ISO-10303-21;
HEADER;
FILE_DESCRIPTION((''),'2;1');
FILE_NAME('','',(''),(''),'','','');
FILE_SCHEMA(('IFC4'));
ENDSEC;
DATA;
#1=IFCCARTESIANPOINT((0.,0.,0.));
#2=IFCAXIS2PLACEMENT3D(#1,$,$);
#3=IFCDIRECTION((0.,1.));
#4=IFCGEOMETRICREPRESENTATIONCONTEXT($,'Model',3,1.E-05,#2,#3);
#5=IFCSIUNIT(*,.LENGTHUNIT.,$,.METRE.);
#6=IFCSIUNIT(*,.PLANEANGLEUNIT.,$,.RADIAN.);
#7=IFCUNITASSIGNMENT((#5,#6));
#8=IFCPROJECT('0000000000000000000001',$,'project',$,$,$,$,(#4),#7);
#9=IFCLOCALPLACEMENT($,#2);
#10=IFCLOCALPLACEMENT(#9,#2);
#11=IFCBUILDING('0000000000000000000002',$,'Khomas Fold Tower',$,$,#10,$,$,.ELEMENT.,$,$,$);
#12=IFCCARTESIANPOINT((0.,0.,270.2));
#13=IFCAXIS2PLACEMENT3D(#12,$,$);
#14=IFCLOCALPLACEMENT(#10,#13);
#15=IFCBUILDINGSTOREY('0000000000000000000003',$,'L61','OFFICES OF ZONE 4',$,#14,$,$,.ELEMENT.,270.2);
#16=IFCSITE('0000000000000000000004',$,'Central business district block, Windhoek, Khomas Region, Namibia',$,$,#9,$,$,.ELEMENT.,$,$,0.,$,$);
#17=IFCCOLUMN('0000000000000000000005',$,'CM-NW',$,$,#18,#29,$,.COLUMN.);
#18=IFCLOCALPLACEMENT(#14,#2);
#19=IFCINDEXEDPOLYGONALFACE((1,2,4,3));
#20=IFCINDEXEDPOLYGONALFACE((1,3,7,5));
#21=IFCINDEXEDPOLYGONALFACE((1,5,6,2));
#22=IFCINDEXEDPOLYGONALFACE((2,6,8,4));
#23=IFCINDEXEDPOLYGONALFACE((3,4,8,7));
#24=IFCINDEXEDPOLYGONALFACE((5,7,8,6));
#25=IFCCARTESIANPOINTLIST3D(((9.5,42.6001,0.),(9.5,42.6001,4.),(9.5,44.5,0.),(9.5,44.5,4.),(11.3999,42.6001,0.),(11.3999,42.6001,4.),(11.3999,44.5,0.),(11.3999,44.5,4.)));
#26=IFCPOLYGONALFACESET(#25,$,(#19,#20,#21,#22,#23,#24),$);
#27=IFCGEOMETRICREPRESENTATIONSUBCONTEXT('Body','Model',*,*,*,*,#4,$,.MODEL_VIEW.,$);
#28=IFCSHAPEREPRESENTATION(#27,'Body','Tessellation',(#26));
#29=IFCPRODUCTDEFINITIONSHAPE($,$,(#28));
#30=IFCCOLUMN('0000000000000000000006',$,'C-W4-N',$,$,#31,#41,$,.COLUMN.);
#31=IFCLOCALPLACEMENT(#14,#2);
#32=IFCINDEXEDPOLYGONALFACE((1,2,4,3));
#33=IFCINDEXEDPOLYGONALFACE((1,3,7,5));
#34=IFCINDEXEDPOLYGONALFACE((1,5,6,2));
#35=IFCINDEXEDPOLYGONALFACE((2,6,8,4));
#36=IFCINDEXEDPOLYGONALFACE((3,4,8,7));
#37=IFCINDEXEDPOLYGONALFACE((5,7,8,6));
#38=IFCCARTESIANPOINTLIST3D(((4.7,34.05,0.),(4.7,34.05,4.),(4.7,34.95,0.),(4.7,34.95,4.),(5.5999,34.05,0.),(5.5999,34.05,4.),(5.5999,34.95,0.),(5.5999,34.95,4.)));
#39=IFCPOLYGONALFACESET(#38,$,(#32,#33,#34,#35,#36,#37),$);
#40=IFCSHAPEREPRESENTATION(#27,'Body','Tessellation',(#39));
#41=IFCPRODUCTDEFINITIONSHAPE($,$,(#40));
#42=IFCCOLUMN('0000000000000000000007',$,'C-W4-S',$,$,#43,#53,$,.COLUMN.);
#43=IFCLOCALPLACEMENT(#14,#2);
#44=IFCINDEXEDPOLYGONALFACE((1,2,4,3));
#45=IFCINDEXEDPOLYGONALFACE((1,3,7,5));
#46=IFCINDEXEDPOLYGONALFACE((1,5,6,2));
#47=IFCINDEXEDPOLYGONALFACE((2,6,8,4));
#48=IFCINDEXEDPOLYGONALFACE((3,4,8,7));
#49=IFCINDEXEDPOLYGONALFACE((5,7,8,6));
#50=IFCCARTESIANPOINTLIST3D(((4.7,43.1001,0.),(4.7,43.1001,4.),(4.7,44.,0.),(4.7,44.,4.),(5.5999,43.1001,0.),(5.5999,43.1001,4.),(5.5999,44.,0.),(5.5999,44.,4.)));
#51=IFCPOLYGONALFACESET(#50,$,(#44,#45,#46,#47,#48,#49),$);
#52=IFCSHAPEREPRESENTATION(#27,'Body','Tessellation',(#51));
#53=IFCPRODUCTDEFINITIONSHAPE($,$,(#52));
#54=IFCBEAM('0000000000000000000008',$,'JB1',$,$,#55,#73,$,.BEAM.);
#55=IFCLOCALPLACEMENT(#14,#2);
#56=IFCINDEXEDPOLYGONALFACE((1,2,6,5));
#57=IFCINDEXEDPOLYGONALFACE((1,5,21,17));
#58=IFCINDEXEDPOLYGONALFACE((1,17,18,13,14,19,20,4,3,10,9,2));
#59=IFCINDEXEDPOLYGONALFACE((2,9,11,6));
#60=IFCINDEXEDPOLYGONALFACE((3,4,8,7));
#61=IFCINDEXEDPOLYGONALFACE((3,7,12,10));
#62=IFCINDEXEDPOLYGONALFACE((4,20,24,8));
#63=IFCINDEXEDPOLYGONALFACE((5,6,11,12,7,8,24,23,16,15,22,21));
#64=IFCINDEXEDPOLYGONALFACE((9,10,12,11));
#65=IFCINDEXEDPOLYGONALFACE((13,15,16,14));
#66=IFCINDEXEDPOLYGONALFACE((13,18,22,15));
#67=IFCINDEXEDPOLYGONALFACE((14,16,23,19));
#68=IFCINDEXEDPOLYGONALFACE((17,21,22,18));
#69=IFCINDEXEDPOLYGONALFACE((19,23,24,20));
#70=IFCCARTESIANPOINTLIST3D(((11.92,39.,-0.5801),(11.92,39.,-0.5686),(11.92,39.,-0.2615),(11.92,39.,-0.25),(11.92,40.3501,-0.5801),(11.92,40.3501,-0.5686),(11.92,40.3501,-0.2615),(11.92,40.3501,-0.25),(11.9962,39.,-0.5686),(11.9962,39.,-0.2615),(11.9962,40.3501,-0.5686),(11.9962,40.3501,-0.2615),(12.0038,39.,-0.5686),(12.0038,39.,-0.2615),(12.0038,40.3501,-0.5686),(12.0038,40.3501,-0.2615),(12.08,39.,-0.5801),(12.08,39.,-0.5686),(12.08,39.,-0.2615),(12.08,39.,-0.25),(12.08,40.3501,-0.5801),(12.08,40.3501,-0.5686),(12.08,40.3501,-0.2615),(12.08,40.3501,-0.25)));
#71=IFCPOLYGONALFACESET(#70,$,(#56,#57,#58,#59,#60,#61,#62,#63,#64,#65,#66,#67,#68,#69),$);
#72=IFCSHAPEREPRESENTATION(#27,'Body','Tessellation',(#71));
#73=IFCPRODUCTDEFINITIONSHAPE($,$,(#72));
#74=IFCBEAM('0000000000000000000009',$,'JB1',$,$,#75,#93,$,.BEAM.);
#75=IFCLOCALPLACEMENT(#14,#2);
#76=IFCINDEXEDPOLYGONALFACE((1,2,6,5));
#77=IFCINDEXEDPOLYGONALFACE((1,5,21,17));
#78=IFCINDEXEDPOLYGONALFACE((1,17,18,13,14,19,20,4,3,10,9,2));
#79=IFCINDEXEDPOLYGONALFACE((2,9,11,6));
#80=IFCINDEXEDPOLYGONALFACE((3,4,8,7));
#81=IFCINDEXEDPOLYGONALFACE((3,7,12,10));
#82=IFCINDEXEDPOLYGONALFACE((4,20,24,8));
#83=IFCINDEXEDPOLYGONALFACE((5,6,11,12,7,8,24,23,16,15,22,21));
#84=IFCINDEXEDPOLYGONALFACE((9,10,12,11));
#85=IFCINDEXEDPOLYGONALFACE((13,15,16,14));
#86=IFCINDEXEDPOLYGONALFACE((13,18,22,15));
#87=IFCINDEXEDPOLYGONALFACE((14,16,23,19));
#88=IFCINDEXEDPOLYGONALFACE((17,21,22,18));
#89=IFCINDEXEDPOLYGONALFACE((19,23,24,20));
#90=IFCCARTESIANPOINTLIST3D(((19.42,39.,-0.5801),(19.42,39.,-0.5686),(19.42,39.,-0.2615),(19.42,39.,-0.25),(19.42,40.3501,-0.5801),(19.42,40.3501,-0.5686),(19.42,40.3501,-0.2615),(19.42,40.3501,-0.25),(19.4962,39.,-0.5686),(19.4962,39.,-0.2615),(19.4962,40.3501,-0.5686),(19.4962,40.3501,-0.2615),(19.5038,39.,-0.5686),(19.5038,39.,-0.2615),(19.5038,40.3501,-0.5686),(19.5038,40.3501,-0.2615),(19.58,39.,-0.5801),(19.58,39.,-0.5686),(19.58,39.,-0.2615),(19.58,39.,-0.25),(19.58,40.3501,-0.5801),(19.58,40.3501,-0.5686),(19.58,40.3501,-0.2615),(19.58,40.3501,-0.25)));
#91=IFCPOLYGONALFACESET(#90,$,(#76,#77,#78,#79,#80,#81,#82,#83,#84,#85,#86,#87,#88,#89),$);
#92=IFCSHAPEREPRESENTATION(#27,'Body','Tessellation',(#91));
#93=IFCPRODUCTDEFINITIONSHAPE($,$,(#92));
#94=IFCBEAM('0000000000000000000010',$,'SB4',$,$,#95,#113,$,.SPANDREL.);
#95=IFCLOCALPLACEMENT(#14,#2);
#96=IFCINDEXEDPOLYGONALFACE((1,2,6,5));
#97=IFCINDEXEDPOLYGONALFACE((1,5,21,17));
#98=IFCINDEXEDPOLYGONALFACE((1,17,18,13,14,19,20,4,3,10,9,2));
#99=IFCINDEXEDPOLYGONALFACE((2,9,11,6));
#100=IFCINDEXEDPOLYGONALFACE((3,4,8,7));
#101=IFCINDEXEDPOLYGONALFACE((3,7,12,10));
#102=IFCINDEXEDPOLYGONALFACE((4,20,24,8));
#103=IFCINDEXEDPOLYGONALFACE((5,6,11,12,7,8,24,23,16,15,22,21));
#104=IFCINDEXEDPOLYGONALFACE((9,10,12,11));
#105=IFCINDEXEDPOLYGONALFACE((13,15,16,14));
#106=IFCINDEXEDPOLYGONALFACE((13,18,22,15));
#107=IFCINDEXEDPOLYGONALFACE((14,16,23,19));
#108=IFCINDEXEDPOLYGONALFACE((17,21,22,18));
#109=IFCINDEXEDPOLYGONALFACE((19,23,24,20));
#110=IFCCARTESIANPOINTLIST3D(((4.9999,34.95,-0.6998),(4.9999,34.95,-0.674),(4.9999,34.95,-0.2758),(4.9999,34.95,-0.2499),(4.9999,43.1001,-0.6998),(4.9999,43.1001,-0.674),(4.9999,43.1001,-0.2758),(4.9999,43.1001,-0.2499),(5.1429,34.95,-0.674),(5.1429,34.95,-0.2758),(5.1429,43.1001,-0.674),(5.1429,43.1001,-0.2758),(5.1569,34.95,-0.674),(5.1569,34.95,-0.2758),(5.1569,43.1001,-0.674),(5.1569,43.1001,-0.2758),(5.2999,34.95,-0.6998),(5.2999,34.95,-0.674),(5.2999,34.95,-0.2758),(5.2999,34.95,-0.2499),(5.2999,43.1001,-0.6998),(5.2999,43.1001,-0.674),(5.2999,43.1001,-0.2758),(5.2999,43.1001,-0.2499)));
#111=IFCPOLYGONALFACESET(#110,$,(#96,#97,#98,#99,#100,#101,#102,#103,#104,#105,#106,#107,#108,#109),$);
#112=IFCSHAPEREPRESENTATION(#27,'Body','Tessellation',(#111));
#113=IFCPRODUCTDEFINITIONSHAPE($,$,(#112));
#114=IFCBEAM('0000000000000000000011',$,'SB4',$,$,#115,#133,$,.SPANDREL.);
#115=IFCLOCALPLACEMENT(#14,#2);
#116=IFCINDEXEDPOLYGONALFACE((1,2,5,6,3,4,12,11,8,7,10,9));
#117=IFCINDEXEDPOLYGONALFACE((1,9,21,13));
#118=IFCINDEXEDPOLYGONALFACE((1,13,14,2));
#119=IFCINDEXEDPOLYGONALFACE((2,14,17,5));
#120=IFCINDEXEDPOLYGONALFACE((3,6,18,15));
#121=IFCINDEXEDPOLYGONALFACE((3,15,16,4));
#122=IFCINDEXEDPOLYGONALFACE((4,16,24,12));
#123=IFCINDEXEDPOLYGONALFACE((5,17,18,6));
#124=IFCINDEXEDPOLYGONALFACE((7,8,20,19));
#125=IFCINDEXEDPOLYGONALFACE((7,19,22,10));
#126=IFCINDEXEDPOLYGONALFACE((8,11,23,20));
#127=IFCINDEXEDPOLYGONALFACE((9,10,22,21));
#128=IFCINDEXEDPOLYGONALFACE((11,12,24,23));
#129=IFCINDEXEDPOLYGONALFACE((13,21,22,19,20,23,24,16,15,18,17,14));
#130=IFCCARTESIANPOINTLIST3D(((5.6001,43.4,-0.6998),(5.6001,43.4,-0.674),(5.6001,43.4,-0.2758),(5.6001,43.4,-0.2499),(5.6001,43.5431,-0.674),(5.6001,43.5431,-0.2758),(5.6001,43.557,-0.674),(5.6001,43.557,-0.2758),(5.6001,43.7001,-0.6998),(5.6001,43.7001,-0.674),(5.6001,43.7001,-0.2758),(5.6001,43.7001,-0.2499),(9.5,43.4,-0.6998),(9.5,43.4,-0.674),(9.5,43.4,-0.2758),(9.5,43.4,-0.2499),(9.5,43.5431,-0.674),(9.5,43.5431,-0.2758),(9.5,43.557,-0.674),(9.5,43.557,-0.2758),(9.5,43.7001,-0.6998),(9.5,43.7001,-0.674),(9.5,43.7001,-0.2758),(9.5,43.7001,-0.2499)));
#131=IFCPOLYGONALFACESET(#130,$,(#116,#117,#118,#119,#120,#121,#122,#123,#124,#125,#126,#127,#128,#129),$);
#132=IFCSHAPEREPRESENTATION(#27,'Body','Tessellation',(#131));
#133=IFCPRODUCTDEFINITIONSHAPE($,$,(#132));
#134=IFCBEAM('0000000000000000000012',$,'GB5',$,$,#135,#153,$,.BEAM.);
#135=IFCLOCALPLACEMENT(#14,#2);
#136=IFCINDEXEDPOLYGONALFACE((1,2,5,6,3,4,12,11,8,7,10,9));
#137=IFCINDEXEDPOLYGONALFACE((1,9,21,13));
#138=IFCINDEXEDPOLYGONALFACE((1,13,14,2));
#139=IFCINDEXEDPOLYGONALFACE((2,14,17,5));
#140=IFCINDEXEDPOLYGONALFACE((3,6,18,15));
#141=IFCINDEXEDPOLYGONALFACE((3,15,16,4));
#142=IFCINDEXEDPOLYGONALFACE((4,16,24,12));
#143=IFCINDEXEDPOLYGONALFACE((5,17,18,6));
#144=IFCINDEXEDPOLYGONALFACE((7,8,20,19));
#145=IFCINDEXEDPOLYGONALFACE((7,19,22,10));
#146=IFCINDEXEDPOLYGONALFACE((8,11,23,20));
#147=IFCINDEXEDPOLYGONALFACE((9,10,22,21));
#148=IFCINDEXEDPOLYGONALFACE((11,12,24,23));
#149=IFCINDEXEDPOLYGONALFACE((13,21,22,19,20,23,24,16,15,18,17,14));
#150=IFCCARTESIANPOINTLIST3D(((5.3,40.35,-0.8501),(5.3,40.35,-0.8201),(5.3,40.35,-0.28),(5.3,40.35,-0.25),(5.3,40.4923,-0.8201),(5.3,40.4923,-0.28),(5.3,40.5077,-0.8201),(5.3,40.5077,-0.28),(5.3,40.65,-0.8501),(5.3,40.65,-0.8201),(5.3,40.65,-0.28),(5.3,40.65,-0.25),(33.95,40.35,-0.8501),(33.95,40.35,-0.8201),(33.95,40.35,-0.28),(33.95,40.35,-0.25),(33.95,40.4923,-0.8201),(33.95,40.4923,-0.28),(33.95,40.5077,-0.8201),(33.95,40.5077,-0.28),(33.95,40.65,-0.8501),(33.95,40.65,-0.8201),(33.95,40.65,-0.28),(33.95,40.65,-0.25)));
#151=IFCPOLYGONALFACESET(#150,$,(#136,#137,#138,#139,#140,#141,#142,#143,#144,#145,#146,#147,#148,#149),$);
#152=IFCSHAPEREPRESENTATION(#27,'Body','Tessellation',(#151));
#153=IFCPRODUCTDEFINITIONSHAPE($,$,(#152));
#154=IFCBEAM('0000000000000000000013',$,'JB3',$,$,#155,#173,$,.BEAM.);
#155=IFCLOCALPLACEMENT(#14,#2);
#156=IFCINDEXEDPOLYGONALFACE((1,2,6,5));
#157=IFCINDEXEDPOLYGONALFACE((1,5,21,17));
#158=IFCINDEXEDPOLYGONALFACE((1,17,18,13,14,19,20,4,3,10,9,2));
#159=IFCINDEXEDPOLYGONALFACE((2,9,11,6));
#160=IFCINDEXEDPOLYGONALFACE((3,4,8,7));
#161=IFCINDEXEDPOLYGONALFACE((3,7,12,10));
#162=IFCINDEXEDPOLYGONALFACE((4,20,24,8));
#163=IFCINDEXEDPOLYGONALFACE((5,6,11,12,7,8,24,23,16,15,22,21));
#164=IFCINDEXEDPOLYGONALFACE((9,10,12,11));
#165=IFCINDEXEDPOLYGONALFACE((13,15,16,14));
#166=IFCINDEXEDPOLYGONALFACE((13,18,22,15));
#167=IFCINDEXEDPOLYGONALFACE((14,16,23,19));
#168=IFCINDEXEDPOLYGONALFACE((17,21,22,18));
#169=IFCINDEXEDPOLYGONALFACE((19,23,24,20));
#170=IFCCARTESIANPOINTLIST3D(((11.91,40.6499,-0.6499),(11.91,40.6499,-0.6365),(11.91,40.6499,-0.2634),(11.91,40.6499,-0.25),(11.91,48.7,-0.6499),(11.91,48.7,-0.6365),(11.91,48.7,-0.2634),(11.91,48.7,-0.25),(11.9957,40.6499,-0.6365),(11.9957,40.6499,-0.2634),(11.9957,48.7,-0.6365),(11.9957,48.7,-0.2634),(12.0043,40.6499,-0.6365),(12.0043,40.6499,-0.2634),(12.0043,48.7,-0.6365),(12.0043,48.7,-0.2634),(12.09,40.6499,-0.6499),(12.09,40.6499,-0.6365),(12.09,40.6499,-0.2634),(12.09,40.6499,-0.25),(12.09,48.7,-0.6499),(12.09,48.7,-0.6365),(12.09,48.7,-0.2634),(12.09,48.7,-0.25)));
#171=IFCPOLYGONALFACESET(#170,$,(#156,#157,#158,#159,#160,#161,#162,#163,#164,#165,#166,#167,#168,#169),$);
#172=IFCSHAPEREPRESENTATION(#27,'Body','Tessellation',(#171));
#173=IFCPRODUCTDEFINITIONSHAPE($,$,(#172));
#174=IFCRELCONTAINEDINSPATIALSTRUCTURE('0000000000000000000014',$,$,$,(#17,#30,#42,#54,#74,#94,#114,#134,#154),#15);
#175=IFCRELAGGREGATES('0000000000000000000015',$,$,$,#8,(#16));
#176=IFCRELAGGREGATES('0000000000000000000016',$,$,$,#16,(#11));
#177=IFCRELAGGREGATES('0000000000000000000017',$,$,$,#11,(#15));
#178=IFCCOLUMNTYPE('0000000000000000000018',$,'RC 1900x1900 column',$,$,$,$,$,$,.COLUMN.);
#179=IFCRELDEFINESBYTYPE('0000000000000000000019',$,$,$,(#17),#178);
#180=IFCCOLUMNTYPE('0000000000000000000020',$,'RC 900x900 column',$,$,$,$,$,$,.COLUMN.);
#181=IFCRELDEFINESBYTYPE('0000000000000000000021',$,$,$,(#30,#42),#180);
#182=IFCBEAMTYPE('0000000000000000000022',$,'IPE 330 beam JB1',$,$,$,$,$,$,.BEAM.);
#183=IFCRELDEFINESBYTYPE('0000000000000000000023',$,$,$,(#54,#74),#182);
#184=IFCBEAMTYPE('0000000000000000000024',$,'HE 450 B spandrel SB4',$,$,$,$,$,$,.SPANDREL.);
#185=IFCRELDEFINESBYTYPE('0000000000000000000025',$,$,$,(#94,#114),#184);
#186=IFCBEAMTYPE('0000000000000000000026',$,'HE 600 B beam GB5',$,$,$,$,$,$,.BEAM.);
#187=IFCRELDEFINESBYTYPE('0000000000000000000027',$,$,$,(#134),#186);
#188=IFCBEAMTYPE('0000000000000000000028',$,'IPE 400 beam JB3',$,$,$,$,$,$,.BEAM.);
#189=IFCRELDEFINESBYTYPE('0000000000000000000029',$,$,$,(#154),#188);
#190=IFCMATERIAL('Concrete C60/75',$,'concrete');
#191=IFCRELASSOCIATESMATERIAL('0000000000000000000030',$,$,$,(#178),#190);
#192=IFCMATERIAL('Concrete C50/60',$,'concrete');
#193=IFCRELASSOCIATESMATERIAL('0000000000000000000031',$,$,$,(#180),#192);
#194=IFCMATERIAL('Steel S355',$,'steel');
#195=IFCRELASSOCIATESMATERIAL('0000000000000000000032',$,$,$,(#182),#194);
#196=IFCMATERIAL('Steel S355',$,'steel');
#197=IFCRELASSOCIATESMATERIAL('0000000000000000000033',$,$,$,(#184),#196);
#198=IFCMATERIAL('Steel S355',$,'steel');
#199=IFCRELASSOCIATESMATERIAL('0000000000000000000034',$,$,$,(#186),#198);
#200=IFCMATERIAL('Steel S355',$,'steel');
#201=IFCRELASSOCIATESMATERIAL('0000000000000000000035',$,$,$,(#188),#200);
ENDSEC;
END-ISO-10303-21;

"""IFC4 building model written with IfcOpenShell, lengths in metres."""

from ifc_helpers import new_model, si_unit, direction, frame, origin, origin_2d, place, context, subcontext, project, spatial, rectangle, i_section, extrude, source, transform, mapped, material, material_profile, profile_set, type_object, element, save


model = new_model("IFC4")

# Units and contexts
model_context = context("Model", 3, precision=1e-05, world=origin(), true_north=direction((0.0, 1.0)))
body_context = subcontext(model_context, "Body", "Model", "MODEL_VIEW")
ifc_project = project(units=[si_unit("LENGTHUNIT", "METRE"), si_unit("PLANEANGLEUNIT", "RADIAN")], contexts=[model_context])

# Site, building, storey
site_placement = place(None, origin())
site = spatial("IfcSite", under=ifc_project, at=site_placement, Name="Central business district block, Windhoek, Khomas Region, Namibia", CompositionType="ELEMENT", RefElevation=0.0)
building_placement = place(site_placement, origin())
building = spatial("IfcBuilding", under=site, at=building_placement, Name="Khomas Fold Tower", CompositionType="ELEMENT")
storey_placement = place(building_placement, frame((0.0, 0.0, 270.2)))
storey = spatial("IfcBuildingStorey", under=building, at=storey_placement, Name="L61", Description="OFFICES OF ZONE 4", CompositionType="ELEMENT", Elevation=270.2)

# Columns
ifc_material_1 = material(Name="Concrete C60/75", Category="concrete")
ifc_material_profile_1 = material_profile(ifc_material_1, rectangle(XDim=1.8999, YDim=1.8999, at=origin_2d()), Name="RC 1900x1900")
ifc_profile_set_1 = profile_set([ifc_material_profile_1], Name="Concrete C60/75")
column_type_1 = type_object("IfcColumnType", Name="RC 1900x1900 column", PredefinedType="COLUMN", material=ifc_profile_set_1)
shared_shape_1 = source(origin(), body_context, "Body", "SweptSolid", [
    extrude(rectangle(XDim=1.8999, YDim=1.8999, at=origin_2d()), origin(), (0.0, 0.0, 1.0), 4.0),
])
column_placement = place(storey_placement, frame((10.45, 43.55, 0.0), z_axis=(0.0, 0.0, 1.0), x_axis=(1.0, 0.0, 0.0)))
element("IfcColumn", 1, at=column_placement, inside=storey, type_object=column_type_1, Name="CM-NW", PredefinedType="COLUMN", context=body_context, shape_type="MappedRepresentation", body=[
    mapped(shared_shape_1, transform((0.0, 0.0, 0.0))),
])
ifc_material_2 = material(Name="Concrete C50/60", Category="concrete")
ifc_material_profile_2 = material_profile(ifc_material_2, rectangle(XDim=0.8999, YDim=0.8999, at=origin_2d()), Name="RC 900x900")
ifc_profile_set_2 = profile_set([ifc_material_profile_2], Name="Concrete C50/60")
column_type_2 = type_object("IfcColumnType", Name="RC 900x900 column", PredefinedType="COLUMN", material=ifc_profile_set_2)
shared_shape_2 = source(origin(), body_context, "Body", "SweptSolid", [
    extrude(rectangle(XDim=0.8999, YDim=0.8999, at=origin_2d()), origin(), (0.0, 0.0, 1.0), 4.0),
])
for number, where, z_axis, x_axis, name in (
    (2, (5.1499, 34.5, 0.0), (0.0, 0.0, 1.0), (1.0, 0.0, 0.0), "C-W4-N"),
    (3, (5.1499, 43.55, 0.0), (0.0, 0.0, 1.0), (1.0, 0.0, 0.0), "C-W4-S"),
):
    element("IfcColumn", number, at=place(storey_placement, frame(where, z_axis=z_axis, x_axis=x_axis)), inside=storey, type_object=column_type_2, Name=name, PredefinedType="COLUMN", context=body_context, shape_type="MappedRepresentation", body=[
        mapped(shared_shape_2, transform((0.0, 0.0, 0.0))),
    ])

# Beams
ifc_material_3 = material(Name="Steel S355", Category="steel")
ifc_material_profile_3 = material_profile(ifc_material_3, i_section(OverallWidth=0.1599, OverallDepth=0.3301, WebThickness=0.0076, FlangeThickness=0.0115, at=origin_2d()), Name="IPE 330")
ifc_profile_set_3 = profile_set([ifc_material_profile_3], Name="Steel S355")
beam_type_1 = type_object("IfcBeamType", Name="IPE 330 beam JB1", PredefinedType="BEAM", material=ifc_profile_set_3)
shared_shape_3 = source(origin(), body_context, "Body", "SweptSolid", [
    extrude(i_section(OverallWidth=0.1599, OverallDepth=0.3301, WebThickness=0.0076, FlangeThickness=0.0115, at=origin_2d()), origin(), (0.0, 0.0, 1.0), 1.3501),
])
for number, where, z_axis, x_axis, name in (
    (4, (12.0, 39.0, -0.415), (0.0, 1.0, 0.0), (-1.0, 0.0, 0.0), "JB1"),
    (5, (19.5, 39.0, -0.415), (0.0, 1.0, 0.0), (-1.0, 0.0, 0.0), "JB1"),
):
    element("IfcBeam", number, at=place(storey_placement, frame(where, z_axis=z_axis, x_axis=x_axis)), inside=storey, type_object=beam_type_1, Name=name, PredefinedType="BEAM", context=body_context, shape_type="MappedRepresentation", body=[
        mapped(shared_shape_3, transform((0.0, 0.0, 0.0))),
    ])
ifc_material_4 = material(Name="Steel S355", Category="steel")
ifc_material_profile_4 = material_profile(ifc_material_4, i_section(OverallWidth=0.3, OverallDepth=0.45, WebThickness=0.0139, FlangeThickness=0.0259, at=origin_2d()), Name="HE 450 B")
ifc_profile_set_4 = profile_set([ifc_material_profile_4], Name="Steel S355")
beam_type_2 = type_object("IfcBeamType", Name="HE 450 B spandrel SB4", PredefinedType="SPANDREL", material=ifc_profile_set_4)
shared_shape_4 = source(origin(), body_context, "Body", "SweptSolid", [
    extrude(i_section(OverallWidth=0.3, OverallDepth=0.45, WebThickness=0.0139, FlangeThickness=0.0259, at=origin_2d()), origin(), (0.0, 0.0, 1.0), 8.1501),
])
beam_1_placement = place(storey_placement, frame((5.1499, 34.95, -0.4749), z_axis=(0.0, 1.0, 0.0), x_axis=(-1.0, 0.0, 0.0)))
element("IfcBeam", 6, at=beam_1_placement, inside=storey, type_object=beam_type_2, Name="SB4", PredefinedType="SPANDREL", context=body_context, shape_type="MappedRepresentation", body=[
    mapped(shared_shape_4, transform((0.0, 0.0, 0.0))),
])
shared_shape_5 = source(origin(), body_context, "Body", "SweptSolid", [
    extrude(i_section(OverallWidth=0.3, OverallDepth=0.45, WebThickness=0.0139, FlangeThickness=0.0259, at=origin_2d()), origin(), (0.0, 0.0, 1.0), 3.8999),
])
beam_2_placement = place(storey_placement, frame((5.6001, 43.55, -0.4749), z_axis=(1.0, 0.0, 0.0), x_axis=(0.0, 1.0, 0.0)))
element("IfcBeam", 7, at=beam_2_placement, inside=storey, type_object=beam_type_2, Name="SB4", PredefinedType="SPANDREL", context=body_context, shape_type="MappedRepresentation", body=[
    mapped(shared_shape_5, transform((0.0, 0.0, 0.0))),
])
ifc_material_5 = material(Name="Steel S355", Category="steel")
ifc_material_profile_5 = material_profile(ifc_material_5, i_section(OverallWidth=0.3, OverallDepth=0.6001, WebThickness=0.0154, FlangeThickness=0.03, at=origin_2d()), Name="HE 600 B")
ifc_profile_set_5 = profile_set([ifc_material_profile_5], Name="Steel S355")
beam_type_3 = type_object("IfcBeamType", Name="HE 600 B beam GB5", PredefinedType="BEAM", material=ifc_profile_set_5)
shared_shape_6 = source(origin(), body_context, "Body", "SweptSolid", [
    extrude(i_section(OverallWidth=0.3, OverallDepth=0.6001, WebThickness=0.0154, FlangeThickness=0.03, at=origin_2d()), origin(), (0.0, 0.0, 1.0), 28.6499),
])
beam_3_placement = place(storey_placement, frame((5.3, 40.5, -0.55), z_axis=(1.0, 0.0, 0.0), x_axis=(0.0, 1.0, 0.0)))
element("IfcBeam", 8, at=beam_3_placement, inside=storey, type_object=beam_type_3, Name="GB5", PredefinedType="BEAM", context=body_context, shape_type="MappedRepresentation", body=[
    mapped(shared_shape_6, transform((0.0, 0.0, 0.0))),
])
ifc_material_6 = material(Name="Steel S355", Category="steel")
ifc_material_profile_6 = material_profile(ifc_material_6, i_section(OverallWidth=0.1799, OverallDepth=0.3999, WebThickness=0.0085, FlangeThickness=0.0134, at=origin_2d()), Name="IPE 400")
ifc_profile_set_6 = profile_set([ifc_material_profile_6], Name="Steel S355")
beam_type_4 = type_object("IfcBeamType", Name="IPE 400 beam JB3", PredefinedType="BEAM", material=ifc_profile_set_6)
shared_shape_7 = source(origin(), body_context, "Body", "SweptSolid", [
    extrude(i_section(OverallWidth=0.1799, OverallDepth=0.3999, WebThickness=0.0085, FlangeThickness=0.0134, at=origin_2d()), origin(), (0.0, 0.0, 1.0), 8.05),
])
beam_4_placement = place(storey_placement, frame((12.0, 40.6499, -0.45), z_axis=(0.0, 1.0, 0.0), x_axis=(-1.0, 0.0, 0.0)))
element("IfcBeam", 9, at=beam_4_placement, inside=storey, type_object=beam_type_4, Name="JB3", PredefinedType="BEAM", context=body_context, shape_type="MappedRepresentation", body=[
    mapped(shared_shape_7, transform((0.0, 0.0, 0.0))),
])

save(model, "model.ifc")
